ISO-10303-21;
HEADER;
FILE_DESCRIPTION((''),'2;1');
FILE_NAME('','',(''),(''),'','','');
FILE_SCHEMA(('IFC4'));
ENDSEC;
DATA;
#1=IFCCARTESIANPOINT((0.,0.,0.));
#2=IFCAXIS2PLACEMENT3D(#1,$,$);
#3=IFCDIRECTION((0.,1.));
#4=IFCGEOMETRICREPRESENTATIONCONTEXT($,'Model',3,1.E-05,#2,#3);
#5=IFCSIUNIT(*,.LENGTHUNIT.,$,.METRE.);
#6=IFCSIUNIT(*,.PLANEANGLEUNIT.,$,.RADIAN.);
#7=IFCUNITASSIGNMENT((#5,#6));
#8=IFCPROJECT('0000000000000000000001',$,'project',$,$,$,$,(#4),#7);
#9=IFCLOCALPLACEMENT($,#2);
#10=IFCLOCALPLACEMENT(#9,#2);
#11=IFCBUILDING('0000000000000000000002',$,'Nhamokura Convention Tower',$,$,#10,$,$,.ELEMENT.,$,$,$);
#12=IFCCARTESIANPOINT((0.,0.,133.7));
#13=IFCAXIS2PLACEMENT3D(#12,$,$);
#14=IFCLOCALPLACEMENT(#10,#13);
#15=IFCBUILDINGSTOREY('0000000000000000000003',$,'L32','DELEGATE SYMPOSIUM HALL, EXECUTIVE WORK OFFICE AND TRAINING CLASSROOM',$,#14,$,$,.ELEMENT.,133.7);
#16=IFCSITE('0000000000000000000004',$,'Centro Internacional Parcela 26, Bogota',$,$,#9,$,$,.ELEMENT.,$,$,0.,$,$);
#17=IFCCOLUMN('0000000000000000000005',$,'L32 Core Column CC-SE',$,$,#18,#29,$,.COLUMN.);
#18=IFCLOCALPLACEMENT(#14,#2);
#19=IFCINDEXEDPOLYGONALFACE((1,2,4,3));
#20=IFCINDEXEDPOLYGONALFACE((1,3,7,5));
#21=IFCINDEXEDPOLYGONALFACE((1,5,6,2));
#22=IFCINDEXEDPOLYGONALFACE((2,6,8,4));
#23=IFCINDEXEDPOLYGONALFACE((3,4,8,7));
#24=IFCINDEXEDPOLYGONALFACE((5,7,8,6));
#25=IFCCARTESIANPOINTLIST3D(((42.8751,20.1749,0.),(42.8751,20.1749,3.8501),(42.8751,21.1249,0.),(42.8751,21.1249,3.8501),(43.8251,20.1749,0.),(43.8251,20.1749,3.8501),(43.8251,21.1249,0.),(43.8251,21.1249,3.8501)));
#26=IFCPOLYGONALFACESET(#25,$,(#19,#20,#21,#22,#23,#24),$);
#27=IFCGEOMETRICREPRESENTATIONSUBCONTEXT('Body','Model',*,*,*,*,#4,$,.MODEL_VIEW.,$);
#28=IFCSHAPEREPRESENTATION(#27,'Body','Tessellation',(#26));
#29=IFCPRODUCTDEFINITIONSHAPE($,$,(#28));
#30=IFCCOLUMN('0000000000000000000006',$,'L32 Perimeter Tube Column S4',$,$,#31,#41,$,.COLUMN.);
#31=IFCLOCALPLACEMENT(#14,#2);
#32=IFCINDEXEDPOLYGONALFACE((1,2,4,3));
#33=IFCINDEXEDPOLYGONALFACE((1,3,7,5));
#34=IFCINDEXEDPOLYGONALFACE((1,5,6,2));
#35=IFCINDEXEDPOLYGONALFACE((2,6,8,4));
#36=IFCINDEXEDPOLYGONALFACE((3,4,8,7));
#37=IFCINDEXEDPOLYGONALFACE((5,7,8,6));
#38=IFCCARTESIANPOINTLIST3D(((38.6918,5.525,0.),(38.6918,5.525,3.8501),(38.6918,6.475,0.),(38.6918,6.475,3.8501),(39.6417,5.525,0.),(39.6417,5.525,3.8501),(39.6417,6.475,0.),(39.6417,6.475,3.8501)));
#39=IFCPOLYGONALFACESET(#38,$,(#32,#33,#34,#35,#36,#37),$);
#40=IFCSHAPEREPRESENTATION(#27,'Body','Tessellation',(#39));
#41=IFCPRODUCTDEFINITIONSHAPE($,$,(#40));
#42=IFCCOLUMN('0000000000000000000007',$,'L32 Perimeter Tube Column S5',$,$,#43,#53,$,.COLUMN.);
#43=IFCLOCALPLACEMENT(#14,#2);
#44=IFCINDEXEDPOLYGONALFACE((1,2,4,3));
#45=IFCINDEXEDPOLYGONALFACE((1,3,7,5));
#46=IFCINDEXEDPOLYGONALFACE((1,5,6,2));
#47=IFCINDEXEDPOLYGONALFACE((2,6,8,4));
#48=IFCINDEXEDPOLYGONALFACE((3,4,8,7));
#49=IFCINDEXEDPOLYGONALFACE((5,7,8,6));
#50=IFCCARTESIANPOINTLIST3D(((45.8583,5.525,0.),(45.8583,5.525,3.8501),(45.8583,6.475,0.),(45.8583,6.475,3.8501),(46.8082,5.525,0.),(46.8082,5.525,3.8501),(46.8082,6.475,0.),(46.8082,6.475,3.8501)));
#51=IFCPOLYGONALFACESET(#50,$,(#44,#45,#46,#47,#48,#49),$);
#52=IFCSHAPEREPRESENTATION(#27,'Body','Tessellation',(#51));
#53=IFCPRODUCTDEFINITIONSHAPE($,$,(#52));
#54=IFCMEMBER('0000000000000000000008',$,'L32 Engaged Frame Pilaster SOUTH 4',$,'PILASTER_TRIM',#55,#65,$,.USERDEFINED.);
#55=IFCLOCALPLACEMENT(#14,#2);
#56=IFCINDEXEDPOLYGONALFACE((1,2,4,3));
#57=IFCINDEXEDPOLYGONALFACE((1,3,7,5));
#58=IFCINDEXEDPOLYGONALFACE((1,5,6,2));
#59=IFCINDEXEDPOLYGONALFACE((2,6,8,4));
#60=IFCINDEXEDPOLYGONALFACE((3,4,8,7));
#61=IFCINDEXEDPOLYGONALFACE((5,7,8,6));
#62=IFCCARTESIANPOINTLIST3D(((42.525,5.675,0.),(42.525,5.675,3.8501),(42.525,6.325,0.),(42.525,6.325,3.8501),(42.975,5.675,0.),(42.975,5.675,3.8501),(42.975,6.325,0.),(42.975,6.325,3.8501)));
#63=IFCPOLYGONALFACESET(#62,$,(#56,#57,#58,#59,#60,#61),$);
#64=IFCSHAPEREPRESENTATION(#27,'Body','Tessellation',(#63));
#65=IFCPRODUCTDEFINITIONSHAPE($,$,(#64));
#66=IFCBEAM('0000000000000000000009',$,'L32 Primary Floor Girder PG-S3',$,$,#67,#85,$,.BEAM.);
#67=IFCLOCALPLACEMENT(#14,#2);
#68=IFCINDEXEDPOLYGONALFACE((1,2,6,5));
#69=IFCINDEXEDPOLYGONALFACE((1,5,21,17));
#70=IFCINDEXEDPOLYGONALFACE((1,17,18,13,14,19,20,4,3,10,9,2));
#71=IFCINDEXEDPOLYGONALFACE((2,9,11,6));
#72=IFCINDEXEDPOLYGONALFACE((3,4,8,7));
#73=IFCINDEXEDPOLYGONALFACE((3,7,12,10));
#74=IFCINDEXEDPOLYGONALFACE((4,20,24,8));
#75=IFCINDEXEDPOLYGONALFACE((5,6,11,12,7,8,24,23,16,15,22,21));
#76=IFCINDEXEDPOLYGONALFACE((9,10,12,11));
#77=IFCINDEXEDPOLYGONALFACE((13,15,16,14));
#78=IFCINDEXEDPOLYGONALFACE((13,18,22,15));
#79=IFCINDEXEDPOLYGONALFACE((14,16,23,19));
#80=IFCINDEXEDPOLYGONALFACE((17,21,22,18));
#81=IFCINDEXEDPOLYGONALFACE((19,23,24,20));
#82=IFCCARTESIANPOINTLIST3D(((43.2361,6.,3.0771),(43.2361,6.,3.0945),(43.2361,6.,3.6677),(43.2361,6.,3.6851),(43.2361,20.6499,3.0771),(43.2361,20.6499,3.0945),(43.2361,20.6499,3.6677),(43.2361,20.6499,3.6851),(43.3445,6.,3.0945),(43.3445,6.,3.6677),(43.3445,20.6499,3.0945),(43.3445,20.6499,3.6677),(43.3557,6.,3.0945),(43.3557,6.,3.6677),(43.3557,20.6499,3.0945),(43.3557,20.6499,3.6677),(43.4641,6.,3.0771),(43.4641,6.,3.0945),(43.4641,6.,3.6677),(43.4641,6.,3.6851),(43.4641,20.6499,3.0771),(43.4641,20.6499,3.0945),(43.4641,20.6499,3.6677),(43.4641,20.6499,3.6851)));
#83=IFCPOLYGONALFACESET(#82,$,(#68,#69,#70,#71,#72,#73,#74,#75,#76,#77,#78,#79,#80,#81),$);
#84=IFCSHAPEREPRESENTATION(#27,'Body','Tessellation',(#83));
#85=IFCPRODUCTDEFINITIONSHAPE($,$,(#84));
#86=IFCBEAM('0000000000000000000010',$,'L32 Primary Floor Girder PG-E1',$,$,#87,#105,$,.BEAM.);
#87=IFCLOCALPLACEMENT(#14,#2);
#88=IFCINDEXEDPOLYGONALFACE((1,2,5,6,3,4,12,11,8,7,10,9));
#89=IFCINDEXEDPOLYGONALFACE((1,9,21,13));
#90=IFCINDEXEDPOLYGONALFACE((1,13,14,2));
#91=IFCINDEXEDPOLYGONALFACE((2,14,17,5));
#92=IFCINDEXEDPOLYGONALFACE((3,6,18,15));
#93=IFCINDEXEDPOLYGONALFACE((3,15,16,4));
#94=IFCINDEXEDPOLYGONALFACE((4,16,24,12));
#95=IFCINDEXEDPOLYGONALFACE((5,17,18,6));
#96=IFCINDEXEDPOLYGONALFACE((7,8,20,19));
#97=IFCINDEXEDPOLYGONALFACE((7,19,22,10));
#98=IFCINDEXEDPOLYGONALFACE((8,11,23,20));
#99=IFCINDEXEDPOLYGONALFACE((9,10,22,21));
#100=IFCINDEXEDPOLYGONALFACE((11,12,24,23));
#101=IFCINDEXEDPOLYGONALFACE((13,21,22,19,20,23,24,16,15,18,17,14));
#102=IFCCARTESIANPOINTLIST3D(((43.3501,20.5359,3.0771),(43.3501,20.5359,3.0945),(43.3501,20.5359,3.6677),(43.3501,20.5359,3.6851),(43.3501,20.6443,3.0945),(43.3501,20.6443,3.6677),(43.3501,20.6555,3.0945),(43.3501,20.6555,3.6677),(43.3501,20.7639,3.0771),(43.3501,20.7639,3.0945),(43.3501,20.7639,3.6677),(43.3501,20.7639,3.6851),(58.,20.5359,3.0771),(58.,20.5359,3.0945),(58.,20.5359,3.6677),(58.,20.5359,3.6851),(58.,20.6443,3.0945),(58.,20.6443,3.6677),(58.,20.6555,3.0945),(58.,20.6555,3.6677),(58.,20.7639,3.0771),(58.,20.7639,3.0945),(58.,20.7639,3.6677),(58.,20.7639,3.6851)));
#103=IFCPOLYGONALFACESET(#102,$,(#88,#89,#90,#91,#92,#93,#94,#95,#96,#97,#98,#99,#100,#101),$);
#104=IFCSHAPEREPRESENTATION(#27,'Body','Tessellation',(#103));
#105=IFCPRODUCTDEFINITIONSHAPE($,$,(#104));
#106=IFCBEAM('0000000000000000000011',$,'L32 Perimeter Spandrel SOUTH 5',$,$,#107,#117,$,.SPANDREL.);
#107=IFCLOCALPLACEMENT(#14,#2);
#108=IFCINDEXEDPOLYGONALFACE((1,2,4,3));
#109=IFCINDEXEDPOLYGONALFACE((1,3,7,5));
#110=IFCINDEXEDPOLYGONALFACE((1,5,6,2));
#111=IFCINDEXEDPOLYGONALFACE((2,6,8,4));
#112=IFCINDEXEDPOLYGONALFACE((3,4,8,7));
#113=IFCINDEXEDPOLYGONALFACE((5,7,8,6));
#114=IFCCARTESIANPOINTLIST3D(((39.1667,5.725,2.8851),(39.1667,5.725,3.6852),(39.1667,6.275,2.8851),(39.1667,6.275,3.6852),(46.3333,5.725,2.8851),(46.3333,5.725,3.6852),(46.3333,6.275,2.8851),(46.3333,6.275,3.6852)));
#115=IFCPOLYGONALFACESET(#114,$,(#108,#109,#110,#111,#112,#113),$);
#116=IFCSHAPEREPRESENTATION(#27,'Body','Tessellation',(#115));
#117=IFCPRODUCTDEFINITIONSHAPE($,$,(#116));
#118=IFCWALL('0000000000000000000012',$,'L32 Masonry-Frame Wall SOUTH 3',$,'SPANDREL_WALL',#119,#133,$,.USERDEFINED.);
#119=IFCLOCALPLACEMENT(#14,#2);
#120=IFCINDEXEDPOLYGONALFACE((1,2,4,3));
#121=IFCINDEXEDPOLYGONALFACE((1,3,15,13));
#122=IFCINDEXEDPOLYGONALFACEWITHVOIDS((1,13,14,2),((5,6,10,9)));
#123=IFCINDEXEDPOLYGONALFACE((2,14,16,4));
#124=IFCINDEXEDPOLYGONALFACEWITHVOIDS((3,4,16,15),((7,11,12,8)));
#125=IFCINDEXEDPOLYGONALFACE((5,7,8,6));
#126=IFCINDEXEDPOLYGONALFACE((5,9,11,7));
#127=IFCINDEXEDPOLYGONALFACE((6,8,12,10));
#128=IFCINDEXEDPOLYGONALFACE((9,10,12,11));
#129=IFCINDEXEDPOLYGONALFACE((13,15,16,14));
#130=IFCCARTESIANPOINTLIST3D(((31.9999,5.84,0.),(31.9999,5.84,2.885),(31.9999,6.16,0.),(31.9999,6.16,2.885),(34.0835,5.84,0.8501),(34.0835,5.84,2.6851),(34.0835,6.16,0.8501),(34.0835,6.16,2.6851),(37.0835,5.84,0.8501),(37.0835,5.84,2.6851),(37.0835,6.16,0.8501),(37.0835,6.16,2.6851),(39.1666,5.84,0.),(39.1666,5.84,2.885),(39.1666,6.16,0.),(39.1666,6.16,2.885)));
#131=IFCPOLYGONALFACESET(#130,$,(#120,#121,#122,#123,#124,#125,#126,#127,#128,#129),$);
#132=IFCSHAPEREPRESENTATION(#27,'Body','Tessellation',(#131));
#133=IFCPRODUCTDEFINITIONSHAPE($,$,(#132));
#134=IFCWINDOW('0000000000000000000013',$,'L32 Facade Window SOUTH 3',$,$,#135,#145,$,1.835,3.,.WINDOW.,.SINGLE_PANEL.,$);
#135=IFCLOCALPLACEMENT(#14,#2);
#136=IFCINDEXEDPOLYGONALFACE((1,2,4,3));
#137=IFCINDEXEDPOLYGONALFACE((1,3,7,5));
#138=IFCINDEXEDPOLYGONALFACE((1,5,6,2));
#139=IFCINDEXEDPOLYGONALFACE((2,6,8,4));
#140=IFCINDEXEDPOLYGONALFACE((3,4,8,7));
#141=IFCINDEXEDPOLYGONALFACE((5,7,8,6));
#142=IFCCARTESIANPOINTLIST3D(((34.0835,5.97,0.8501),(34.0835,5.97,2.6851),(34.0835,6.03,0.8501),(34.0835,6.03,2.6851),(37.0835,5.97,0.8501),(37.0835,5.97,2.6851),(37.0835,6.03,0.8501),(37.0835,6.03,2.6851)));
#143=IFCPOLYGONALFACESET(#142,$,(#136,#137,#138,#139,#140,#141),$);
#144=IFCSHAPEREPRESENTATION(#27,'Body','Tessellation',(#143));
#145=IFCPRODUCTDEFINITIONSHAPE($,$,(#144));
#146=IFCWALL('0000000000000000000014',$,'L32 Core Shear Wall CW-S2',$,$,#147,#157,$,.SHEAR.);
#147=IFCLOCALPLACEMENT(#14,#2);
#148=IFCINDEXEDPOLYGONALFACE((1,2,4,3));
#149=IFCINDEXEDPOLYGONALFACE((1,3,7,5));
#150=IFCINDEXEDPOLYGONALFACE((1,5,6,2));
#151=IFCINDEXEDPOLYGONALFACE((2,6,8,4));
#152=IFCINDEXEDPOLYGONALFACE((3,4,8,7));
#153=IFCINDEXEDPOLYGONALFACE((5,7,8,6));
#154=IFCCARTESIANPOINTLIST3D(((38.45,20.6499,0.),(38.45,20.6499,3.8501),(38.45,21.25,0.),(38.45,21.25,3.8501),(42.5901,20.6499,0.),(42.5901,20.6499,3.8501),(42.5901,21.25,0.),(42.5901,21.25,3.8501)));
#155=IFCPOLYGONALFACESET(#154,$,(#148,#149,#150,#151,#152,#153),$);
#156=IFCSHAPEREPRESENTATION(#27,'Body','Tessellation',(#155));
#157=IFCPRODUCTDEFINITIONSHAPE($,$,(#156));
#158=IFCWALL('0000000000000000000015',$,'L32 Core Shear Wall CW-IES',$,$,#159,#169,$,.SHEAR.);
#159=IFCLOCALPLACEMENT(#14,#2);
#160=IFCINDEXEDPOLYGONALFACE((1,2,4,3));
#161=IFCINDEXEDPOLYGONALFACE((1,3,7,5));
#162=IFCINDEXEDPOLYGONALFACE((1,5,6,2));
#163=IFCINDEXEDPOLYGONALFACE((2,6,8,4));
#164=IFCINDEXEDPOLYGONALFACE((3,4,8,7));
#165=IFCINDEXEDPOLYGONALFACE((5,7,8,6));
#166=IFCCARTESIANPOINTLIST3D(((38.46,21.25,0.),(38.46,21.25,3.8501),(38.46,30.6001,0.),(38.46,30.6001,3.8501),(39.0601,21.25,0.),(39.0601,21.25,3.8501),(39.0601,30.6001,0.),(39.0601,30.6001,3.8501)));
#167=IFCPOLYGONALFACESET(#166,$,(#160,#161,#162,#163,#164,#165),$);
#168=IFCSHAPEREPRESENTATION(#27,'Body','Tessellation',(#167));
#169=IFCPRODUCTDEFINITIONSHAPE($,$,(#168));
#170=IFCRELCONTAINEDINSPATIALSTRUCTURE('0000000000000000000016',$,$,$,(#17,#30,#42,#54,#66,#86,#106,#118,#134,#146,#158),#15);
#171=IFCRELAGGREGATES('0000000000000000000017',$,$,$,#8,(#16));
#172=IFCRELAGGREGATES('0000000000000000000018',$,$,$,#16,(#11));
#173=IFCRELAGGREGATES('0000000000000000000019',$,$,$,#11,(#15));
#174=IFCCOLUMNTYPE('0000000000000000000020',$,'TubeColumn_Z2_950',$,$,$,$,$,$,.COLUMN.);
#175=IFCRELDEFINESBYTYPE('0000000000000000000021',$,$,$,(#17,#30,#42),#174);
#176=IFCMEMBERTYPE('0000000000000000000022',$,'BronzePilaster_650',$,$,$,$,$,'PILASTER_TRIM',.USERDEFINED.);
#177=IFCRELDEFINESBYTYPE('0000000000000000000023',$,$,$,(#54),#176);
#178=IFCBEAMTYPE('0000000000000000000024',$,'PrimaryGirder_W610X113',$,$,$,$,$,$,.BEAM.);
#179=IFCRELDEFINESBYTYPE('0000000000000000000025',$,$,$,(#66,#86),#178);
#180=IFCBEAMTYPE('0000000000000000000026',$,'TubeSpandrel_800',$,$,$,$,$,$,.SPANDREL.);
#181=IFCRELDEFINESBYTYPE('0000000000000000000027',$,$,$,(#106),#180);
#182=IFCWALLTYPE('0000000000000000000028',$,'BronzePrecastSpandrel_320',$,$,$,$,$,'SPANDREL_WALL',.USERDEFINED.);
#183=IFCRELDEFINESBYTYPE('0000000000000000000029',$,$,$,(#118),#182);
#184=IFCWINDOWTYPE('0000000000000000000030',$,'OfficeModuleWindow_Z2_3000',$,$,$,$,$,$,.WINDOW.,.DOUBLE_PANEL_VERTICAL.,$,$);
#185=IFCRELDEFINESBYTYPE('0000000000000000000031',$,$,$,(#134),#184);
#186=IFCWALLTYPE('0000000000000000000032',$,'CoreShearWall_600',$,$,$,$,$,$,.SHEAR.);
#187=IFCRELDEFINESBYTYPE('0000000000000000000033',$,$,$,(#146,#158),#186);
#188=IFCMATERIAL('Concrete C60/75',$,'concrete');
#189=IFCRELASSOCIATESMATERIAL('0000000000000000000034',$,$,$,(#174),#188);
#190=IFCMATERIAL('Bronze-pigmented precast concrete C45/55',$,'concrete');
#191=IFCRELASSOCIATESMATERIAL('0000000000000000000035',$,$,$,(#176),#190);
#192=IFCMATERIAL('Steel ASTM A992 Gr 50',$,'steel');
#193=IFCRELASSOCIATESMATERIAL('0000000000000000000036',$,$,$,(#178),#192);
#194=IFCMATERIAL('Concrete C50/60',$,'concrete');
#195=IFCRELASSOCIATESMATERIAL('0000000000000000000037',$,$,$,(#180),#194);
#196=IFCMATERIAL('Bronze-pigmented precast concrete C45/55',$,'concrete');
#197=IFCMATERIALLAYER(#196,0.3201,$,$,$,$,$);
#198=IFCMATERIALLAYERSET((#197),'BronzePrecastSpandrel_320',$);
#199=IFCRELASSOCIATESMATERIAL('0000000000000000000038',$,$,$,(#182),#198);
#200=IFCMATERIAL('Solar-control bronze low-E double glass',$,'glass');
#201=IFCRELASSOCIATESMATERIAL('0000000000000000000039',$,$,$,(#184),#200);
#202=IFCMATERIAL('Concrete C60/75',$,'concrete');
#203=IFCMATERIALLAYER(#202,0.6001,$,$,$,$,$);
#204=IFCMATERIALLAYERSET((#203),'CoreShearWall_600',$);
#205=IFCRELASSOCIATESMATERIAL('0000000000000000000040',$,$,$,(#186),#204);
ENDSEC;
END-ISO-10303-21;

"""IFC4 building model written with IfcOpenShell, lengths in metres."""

from ifc_helpers import new_model, si_unit, direction, frame, frame_2d, origin, origin_2d, place, context, subcontext, project, spatial, rectangle, i_section, extrude, material, layer, layer_set, material_profile, profile_set, type_object, element, fill, save


model = new_model("IFC4")

# Units and contexts
model_context = context("Model", 3, precision=1e-05, world=origin(), true_north=direction((0.0, 1.0)))
body_context = subcontext(model_context, "Body", "Model", "MODEL_VIEW")
ifc_project = project(units=[si_unit("LENGTHUNIT", "METRE"), si_unit("PLANEANGLEUNIT", "RADIAN")], contexts=[model_context])

# Site, building, storey
site_placement = place(None, origin())
site = spatial("IfcSite", under=ifc_project, at=site_placement, Name="Centro Internacional Parcela 26, Bogota", CompositionType="ELEMENT", RefElevation=0.0)
building_placement = place(site_placement, origin())
building = spatial("IfcBuilding", under=site, at=building_placement, Name="Nhamokura Convention Tower", CompositionType="ELEMENT")
storey_placement = place(building_placement, frame((0.0, 0.0, 133.7)))
storey = spatial("IfcBuildingStorey", under=building, at=storey_placement, Name="L32", Description="DELEGATE SYMPOSIUM HALL, EXECUTIVE WORK OFFICE AND TRAINING CLASSROOM", CompositionType="ELEMENT", Elevation=133.7)

# Columns
ifc_material_1 = material(Name="Concrete C60/75", Category="concrete")
ifc_material_profile_1 = material_profile(ifc_material_1, rectangle(XDim=0.95, YDim=0.95, at=origin_2d()))
ifc_profile_set_1 = profile_set([ifc_material_profile_1], Name="Concrete C60/75")
column_type = type_object("IfcColumnType", Name="TubeColumn_Z2_950", PredefinedType="COLUMN", material=ifc_profile_set_1)
for number, where, z_axis, x_axis, name in (
    (1, (43.3501, 20.6499, 0.0), (0.0, 0.0, 1.0), (1.0, 0.0, 0.0), "L32 Core Column CC-SE"),
    (2, (39.1667, 6.0, 0.0), (0.0, 0.0, 1.0), (1.0, 0.0, 0.0), "L32 Perimeter Tube Column S4"),
    (3, (46.3333, 6.0, 0.0), (0.0, 0.0, 1.0), (1.0, 0.0, 0.0), "L32 Perimeter Tube Column S5"),
):
    element("IfcColumn", number, at=place(storey_placement, frame(where, z_axis=z_axis, x_axis=x_axis)), inside=storey, type_object=column_type, Name=name, PredefinedType="COLUMN", context=body_context, shape_type="SweptSolid", body=[
        extrude(rectangle(XDim=0.95, YDim=0.95, at=origin_2d()), origin(), (0.0, 0.0, 1.0), 3.8501),
    ])

# Member
ifc_material_2 = material(Name="Bronze-pigmented precast concrete C45/55", Category="concrete")
ifc_material_profile_2 = material_profile(ifc_material_2, rectangle(XDim=0.45, YDim=0.6499, at=origin_2d()))
ifc_profile_set_2 = profile_set([ifc_material_profile_2], Name="Bronze-pigmented precast concrete C45/55")
member_type = type_object("IfcMemberType", Name="BronzePilaster_650", ElementType="PILASTER_TRIM", PredefinedType="USERDEFINED", material=ifc_profile_set_2)
member_placement = place(storey_placement, frame((42.75, 6.0, 0.0), z_axis=(0.0, 0.0, 1.0), x_axis=(1.0, 0.0, 0.0)))
element("IfcMember", 4, at=member_placement, inside=storey, type_object=member_type, Name="L32 Engaged Frame Pilaster SOUTH 4", ObjectType="PILASTER_TRIM", PredefinedType="USERDEFINED", context=body_context, shape_type="SweptSolid", body=[
    extrude(rectangle(XDim=0.45, YDim=0.6499, at=origin_2d()), origin(), (0.0, 0.0, 1.0), 3.8501),
])

# Beams
ifc_material_3 = material(Name="Steel ASTM A992 Gr 50", Category="steel")
ifc_material_profile_3 = material_profile(ifc_material_3, i_section(OverallWidth=0.228, OverallDepth=0.6079, WebThickness=0.0112, FlangeThickness=0.0173, at=origin_2d()))
ifc_profile_set_3 = profile_set([ifc_material_profile_3], Name="Steel ASTM A992 Gr 50")
beam_type_1 = type_object("IfcBeamType", Name="PrimaryGirder_W610X113", PredefinedType="BEAM", material=ifc_profile_set_3)
for number, where, z_axis, x_axis, name in (
    (5, (43.3501, 6.0, 3.3811), (0.0, 1.0, 0.0), (-1.0, 0.0, 0.0), "L32 Primary Floor Girder PG-S3"),
    (6, (43.3501, 20.6499, 3.3811), (1.0, 0.0, 0.0), (0.0, 1.0, 0.0), "L32 Primary Floor Girder PG-E1"),
):
    element("IfcBeam", number, at=place(storey_placement, frame(where, z_axis=z_axis, x_axis=x_axis)), inside=storey, type_object=beam_type_1, Name=name, PredefinedType="BEAM", context=body_context, shape_type="SweptSolid", body=[
        extrude(i_section(OverallWidth=0.228, OverallDepth=0.6079, WebThickness=0.0112, FlangeThickness=0.0173, at=origin_2d()), origin(), (0.0, 0.0, 1.0), 14.6499),
    ])
ifc_material_4 = material(Name="Concrete C50/60", Category="concrete")
ifc_material_profile_4 = material_profile(ifc_material_4, rectangle(XDim=0.55, YDim=0.8, at=origin_2d()))
ifc_profile_set_4 = profile_set([ifc_material_profile_4], Name="Concrete C50/60")
beam_type_2 = type_object("IfcBeamType", Name="TubeSpandrel_800", PredefinedType="SPANDREL", material=ifc_profile_set_4)
beam_placement = place(storey_placement, frame((39.1667, 6.0, 3.2852), z_axis=(1.0, 0.0, 0.0), x_axis=(0.0, 1.0, 0.0)))
element("IfcBeam", 7, at=beam_placement, inside=storey, type_object=beam_type_2, Name="L32 Perimeter Spandrel SOUTH 5", PredefinedType="SPANDREL", context=body_context, shape_type="SweptSolid", body=[
    extrude(rectangle(XDim=0.55, YDim=0.8, at=origin_2d()), origin(), (0.0, 0.0, 1.0), 7.1665),
])

# Wall, opening, window
ifc_material_5 = material(Name="Bronze-pigmented precast concrete C45/55", Category="concrete")
ifc_layer_1 = layer(ifc_material_5, 0.3201)
ifc_layer_set_1 = layer_set([ifc_layer_1], Name="BronzePrecastSpandrel_320")
wall_type_1 = type_object("IfcWallType", Name="BronzePrecastSpandrel_320", ElementType="SPANDREL_WALL", PredefinedType="USERDEFINED", material=ifc_layer_set_1)
wall_1_placement = place(storey_placement, frame((39.1667, 6.0, 0.0), z_axis=(0.0, 0.0, 1.0), x_axis=(-1.0, 0.0, 0.0)))
wall_1 = element("IfcWall", 8, at=wall_1_placement, inside=storey, type_object=wall_type_1, Name="L32 Masonry-Frame Wall SOUTH 3", ObjectType="SPANDREL_WALL", PredefinedType="USERDEFINED", context=body_context, shape_type="SweptSolid", body=[
    extrude(rectangle(XDim=7.1667, YDim=0.3201, at=frame_2d((3.5835, 0.0))), origin(), (0.0, 0.0, 1.0), 2.885),
])
opening_1_placement = place(wall_1_placement, frame((2.0833, 0.0, 0.8501)))
opening_1 = element("IfcOpeningElement", 9, at=opening_1_placement, cuts=wall_1, PredefinedType="OPENING", context=body_context, shape_type="SweptSolid", body=[
    extrude(rectangle(XDim=3.0, YDim=1.835, at=frame_2d((1.5, 0.9175))), frame((0.0, 0.1699, 0.0), z_axis=(0.0, -1.0, 0.0), x_axis=(1.0, 0.0, 0.0)), (0.0, 0.0, 1.0), 0.3401),
])
ifc_material_6 = material(Name="Solar-control bronze low-E double glass", Category="glass")
window_type = type_object("IfcWindowType", Name="OfficeModuleWindow_Z2_3000", PartitioningType="DOUBLE_PANEL_VERTICAL", PredefinedType="WINDOW", material=ifc_material_6)
window_placement = place(opening_1_placement, origin())
window = element("IfcWindow", 10, at=window_placement, inside=storey, type_object=window_type, Name="L32 Facade Window SOUTH 3", OverallHeight=1.835, OverallWidth=3.0, PartitioningType="SINGLE_PANEL", PredefinedType="WINDOW", context=body_context, shape_type="SweptSolid", body=[
    extrude(rectangle(XDim=3.0, YDim=1.835, at=frame_2d((1.5, 0.9175))), frame((0.0, 0.03, 0.0), z_axis=(0.0, -1.0, 0.0), x_axis=(1.0, 0.0, 0.0)), (0.0, 0.0, 1.0), 0.0601),
])
fill(opening_1, window)

# Shared definitions
ifc_material_7 = material(Name="Concrete C60/75", Category="concrete")
ifc_layer_2 = layer(ifc_material_7, 0.6001)
ifc_layer_set_2 = layer_set([ifc_layer_2], Name="CoreShearWall_600")
wall_type_2 = type_object("IfcWallType", Name="CoreShearWall_600", PredefinedType="SHEAR", material=ifc_layer_set_2)

# Walls
wall_2_placement = place(storey_placement, frame((38.45, 20.95, 0.0), z_axis=(0.0, 0.0, 1.0), x_axis=(1.0, 0.0, 0.0)))
element("IfcWall", 11, at=wall_2_placement, inside=storey, type_object=wall_type_2, Name="L32 Core Shear Wall CW-S2", PredefinedType="SHEAR", context=body_context, shape_type="SweptSolid", body=[
    extrude(rectangle(XDim=4.1401, YDim=0.6001, at=frame_2d((2.0701, 0.0))), origin(), (0.0, 0.0, 1.0), 3.8501),
])
wall_3_placement = place(storey_placement, frame((38.76, 21.25, 0.0), z_axis=(0.0, 0.0, 1.0), x_axis=(0.0, 1.0, 0.0)))
element("IfcWall", 12, at=wall_3_placement, inside=storey, type_object=wall_type_2, Name="L32 Core Shear Wall CW-IES", PredefinedType="SHEAR", context=body_context, shape_type="SweptSolid", body=[
    extrude(rectangle(XDim=9.3501, YDim=0.6001, at=frame_2d((4.675, 0.0))), origin(), (0.0, 0.0, 1.0), 3.8501),
])

save(model, "model.ifc")
